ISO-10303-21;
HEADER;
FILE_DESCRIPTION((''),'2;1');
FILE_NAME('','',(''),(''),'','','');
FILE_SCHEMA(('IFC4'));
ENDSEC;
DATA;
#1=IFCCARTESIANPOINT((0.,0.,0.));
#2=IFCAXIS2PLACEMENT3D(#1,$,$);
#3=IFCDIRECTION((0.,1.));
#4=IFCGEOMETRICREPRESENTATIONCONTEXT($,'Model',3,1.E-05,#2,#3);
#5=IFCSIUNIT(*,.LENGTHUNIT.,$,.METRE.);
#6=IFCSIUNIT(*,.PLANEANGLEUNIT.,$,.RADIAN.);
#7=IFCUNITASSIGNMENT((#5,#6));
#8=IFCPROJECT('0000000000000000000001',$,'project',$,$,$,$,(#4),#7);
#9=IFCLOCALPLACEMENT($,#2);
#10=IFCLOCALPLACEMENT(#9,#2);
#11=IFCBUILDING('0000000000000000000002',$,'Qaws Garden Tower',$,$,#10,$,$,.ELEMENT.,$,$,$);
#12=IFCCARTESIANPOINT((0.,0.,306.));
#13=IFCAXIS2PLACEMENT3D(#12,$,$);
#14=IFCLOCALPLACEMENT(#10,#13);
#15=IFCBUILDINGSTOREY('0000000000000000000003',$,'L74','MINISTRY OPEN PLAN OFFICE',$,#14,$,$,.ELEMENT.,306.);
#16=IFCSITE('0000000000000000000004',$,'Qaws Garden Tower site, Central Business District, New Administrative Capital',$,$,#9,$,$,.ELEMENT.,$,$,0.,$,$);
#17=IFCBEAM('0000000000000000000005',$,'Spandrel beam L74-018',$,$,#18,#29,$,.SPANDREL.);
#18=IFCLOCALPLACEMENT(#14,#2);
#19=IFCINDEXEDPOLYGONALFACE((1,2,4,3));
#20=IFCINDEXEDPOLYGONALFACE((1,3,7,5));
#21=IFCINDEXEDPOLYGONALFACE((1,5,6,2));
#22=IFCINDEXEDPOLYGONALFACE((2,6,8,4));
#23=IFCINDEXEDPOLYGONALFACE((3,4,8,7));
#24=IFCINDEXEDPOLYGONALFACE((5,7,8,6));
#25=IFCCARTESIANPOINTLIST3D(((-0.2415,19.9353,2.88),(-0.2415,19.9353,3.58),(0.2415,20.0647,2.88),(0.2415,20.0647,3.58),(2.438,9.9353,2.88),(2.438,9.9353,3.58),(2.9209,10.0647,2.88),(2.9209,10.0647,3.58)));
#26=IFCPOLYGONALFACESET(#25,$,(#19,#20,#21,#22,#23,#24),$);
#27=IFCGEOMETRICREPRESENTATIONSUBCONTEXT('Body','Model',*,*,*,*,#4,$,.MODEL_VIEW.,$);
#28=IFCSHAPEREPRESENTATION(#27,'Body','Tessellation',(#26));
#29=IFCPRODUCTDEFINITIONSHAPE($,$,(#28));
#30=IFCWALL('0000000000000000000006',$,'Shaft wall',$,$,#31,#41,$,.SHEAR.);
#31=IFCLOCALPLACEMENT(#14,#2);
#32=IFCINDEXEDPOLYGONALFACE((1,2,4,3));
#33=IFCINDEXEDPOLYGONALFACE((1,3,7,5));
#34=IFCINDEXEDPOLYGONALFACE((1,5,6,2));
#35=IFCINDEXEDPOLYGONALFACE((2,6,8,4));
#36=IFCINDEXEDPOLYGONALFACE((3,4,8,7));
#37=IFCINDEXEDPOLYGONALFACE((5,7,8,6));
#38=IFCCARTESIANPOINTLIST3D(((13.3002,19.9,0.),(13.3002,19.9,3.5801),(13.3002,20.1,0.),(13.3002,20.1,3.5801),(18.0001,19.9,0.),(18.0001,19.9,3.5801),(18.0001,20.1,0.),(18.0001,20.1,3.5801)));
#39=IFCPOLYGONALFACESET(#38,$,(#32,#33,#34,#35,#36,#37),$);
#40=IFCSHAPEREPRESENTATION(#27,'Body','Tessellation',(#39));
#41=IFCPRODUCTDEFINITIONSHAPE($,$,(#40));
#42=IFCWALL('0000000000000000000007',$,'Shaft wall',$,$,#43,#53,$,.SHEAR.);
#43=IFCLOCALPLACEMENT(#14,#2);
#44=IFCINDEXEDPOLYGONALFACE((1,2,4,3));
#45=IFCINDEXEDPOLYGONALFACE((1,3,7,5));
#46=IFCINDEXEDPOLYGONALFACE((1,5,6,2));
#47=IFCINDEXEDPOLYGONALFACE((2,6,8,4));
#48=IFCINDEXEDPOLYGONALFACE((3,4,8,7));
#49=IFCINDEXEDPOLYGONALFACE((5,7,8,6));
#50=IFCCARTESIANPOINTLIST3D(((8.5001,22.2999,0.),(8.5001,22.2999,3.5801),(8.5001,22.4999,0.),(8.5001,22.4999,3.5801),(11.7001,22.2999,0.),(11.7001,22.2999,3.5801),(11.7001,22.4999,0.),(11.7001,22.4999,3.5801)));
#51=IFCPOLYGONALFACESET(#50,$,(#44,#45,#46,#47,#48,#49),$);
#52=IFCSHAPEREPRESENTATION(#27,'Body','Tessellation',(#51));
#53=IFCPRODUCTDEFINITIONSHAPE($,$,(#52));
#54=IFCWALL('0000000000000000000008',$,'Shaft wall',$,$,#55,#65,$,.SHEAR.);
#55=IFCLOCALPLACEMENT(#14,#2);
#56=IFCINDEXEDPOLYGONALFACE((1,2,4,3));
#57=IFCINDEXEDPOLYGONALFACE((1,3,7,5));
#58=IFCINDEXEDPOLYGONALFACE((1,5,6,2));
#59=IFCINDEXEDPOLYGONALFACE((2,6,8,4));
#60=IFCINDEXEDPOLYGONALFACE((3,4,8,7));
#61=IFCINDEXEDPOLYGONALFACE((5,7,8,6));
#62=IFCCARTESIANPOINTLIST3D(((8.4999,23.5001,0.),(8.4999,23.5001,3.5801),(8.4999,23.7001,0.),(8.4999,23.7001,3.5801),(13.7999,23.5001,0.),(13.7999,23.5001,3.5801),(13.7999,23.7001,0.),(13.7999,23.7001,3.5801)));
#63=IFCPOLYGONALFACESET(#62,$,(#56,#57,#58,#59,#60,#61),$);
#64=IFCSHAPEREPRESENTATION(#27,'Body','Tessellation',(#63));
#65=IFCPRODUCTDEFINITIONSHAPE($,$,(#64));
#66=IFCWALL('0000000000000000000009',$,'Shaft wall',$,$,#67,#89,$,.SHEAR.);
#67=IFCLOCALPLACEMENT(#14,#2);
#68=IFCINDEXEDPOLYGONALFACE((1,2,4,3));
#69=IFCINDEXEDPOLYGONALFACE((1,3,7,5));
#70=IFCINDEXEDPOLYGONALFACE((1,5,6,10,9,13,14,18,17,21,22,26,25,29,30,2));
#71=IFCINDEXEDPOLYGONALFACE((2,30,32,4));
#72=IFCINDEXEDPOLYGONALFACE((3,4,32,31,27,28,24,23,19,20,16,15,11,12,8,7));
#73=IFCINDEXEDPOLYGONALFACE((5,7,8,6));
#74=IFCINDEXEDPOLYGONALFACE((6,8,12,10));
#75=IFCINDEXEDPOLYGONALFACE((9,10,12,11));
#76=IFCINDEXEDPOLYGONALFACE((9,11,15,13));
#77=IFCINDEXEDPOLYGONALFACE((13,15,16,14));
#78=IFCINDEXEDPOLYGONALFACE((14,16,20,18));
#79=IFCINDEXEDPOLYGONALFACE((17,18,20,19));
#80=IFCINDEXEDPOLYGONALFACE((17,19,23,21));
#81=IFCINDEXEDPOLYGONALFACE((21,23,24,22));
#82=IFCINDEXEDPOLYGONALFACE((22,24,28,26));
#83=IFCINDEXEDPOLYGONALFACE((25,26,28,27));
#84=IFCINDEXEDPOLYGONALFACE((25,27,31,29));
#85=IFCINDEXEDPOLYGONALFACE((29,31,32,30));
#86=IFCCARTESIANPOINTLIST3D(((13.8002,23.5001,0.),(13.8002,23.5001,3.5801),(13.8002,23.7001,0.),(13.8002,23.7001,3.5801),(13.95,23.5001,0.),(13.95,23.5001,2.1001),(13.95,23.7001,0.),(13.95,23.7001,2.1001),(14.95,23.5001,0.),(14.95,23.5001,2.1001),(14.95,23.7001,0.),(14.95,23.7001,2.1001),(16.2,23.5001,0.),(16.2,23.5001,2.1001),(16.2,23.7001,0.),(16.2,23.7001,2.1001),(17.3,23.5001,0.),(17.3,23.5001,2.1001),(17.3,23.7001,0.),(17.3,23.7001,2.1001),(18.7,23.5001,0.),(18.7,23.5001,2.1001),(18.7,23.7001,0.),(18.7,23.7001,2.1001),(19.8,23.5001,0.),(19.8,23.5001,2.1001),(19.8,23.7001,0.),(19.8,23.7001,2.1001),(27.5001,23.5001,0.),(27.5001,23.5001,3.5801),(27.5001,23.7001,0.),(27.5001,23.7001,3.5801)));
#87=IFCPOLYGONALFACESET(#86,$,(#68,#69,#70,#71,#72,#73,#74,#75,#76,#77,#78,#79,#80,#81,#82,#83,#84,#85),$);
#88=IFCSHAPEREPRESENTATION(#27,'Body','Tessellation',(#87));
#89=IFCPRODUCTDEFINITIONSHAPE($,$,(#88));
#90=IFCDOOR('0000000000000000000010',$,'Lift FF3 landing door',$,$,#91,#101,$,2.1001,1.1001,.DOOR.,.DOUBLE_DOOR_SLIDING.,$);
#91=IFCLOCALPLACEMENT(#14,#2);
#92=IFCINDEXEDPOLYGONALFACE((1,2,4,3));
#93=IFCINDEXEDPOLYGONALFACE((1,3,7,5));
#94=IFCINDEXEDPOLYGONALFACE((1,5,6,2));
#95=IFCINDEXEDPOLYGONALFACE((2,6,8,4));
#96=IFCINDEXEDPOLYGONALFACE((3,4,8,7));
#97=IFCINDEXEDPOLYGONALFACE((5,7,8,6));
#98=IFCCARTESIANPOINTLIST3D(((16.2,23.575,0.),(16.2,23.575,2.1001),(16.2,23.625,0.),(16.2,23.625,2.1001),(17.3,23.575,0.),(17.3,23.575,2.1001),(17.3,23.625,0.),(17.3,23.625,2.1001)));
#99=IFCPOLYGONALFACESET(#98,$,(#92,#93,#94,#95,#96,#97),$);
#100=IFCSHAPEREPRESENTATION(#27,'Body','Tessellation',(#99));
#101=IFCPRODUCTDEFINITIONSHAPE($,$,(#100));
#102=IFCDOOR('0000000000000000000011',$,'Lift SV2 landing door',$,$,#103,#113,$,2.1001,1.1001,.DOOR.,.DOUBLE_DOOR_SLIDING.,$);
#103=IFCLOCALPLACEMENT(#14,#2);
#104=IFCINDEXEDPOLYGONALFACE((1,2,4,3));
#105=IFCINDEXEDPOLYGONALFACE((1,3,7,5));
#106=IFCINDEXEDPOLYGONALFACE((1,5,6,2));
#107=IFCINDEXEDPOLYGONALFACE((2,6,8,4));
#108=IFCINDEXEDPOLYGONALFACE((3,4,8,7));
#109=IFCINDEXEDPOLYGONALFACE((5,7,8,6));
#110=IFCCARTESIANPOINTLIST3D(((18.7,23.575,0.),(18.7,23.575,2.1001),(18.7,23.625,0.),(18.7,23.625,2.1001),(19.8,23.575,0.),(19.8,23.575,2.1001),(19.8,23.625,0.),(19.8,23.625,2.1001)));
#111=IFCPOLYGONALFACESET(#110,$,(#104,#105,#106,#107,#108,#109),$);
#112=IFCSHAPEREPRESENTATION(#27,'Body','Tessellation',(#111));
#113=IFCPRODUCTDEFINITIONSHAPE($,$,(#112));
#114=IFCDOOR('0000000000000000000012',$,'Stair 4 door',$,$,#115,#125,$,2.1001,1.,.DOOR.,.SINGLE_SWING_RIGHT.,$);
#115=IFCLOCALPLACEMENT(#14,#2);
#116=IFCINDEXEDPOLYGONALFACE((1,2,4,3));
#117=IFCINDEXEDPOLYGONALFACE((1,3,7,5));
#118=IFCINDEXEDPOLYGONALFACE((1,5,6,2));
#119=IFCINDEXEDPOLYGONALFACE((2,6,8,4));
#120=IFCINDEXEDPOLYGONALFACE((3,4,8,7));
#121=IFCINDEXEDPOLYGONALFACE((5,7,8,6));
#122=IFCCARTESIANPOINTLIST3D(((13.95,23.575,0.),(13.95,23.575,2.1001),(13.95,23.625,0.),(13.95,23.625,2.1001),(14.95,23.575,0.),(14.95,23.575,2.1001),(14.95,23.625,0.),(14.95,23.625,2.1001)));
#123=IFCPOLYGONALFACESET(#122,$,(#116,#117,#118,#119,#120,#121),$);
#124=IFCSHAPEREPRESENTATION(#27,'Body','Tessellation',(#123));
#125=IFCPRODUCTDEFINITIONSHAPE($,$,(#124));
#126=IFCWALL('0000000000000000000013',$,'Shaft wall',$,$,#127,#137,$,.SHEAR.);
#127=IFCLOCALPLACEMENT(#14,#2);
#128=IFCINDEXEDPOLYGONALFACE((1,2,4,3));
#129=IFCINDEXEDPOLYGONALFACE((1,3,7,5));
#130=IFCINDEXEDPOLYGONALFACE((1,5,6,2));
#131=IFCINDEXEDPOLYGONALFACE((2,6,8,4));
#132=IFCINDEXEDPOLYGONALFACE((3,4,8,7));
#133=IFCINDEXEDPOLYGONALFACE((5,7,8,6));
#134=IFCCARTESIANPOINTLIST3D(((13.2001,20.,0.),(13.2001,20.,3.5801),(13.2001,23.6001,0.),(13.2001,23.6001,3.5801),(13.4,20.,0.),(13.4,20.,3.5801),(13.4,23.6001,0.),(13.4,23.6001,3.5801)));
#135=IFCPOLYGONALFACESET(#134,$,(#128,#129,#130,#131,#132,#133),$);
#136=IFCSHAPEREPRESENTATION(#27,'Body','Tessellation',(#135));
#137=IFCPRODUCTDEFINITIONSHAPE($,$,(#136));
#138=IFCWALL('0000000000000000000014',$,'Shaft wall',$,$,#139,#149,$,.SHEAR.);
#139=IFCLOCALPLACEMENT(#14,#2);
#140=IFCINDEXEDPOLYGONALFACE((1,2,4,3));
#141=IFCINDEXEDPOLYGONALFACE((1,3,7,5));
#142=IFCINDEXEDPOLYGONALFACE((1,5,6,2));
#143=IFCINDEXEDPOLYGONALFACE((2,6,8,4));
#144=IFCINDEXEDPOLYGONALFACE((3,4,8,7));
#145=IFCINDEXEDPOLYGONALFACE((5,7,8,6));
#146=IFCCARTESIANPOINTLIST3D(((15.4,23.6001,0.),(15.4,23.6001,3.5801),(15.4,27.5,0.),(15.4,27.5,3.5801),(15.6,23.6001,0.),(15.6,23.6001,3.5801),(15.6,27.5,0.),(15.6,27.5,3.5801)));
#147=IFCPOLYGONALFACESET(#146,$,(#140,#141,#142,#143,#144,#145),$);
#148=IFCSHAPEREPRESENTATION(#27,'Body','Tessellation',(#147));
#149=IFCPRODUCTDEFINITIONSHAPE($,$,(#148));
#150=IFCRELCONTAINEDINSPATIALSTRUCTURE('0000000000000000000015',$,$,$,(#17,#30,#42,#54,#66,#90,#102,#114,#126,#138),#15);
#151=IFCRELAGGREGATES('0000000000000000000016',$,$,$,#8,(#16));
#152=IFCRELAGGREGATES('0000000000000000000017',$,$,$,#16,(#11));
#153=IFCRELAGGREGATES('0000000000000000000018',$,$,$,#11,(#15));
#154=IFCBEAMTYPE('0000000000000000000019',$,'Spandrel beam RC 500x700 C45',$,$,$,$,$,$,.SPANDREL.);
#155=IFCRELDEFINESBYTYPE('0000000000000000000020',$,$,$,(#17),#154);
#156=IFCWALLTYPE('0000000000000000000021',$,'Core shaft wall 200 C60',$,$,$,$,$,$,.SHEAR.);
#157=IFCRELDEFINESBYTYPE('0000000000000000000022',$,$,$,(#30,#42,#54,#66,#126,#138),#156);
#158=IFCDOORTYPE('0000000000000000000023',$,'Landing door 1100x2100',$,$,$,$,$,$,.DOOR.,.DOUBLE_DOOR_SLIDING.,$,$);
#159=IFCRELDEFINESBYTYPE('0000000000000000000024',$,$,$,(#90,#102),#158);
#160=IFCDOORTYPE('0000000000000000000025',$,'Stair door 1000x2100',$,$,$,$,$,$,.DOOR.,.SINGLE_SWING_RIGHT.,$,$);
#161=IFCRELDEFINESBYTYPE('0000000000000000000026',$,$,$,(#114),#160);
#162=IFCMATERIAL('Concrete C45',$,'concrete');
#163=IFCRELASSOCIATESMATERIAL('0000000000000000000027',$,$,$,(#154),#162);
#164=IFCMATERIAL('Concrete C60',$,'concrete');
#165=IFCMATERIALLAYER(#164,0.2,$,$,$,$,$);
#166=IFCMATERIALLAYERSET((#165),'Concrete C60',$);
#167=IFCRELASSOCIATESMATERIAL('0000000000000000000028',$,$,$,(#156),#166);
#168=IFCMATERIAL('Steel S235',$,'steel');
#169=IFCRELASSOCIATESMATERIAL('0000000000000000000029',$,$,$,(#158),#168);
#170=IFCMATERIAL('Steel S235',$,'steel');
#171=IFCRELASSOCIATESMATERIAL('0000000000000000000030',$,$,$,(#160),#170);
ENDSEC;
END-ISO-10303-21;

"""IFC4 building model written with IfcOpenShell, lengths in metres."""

from ifc_helpers import new_model, si_unit, direction, frame, frame_2d, origin, origin_2d, place, context, subcontext, project, spatial, rectangle, extrude, material, layer, layer_set, material_profile, profile_set, type_object, element, fill, save


model = new_model("IFC4")

# Units and contexts
model_context = context("Model", 3, precision=1e-05, world=origin(), true_north=direction((0.0, 1.0)))
body_context = subcontext(model_context, "Body", "Model", "MODEL_VIEW")
ifc_project = project(units=[si_unit("LENGTHUNIT", "METRE"), si_unit("PLANEANGLEUNIT", "RADIAN")], contexts=[model_context])

# Site, building, storey
site_placement = place(None, origin())
site = spatial("IfcSite", under=ifc_project, at=site_placement, Name="Qaws Garden Tower site, Central Business District, New Administrative Capital", CompositionType="ELEMENT", RefElevation=0.0)
building_placement = place(site_placement, origin())
building = spatial("IfcBuilding", under=site, at=building_placement, Name="Qaws Garden Tower", CompositionType="ELEMENT")
storey_placement = place(building_placement, frame((0.0, 0.0, 306.0)))
storey = spatial("IfcBuildingStorey", under=building, at=storey_placement, Name="L74", Description="MINISTRY OPEN PLAN OFFICE", CompositionType="ELEMENT", Elevation=306.0)

# Beam
ifc_material_1 = material(Name="Concrete C45", Category="concrete")
ifc_material_profile = material_profile(ifc_material_1, rectangle(XDim=0.5, YDim=0.7, at=origin_2d()), Name="RC 500x700")
ifc_profile_set = profile_set([ifc_material_profile], Name="Concrete C45")
beam_type = type_object("IfcBeamType", Name="Spandrel beam RC 500x700 C45", PredefinedType="SPANDREL", material=ifc_profile_set)
beam_placement = place(storey_placement, frame((0.0, 20.0, 3.23), z_axis=(0.258815, -0.965927, 0.0), x_axis=(0.965927, 0.258815, 0.0)))
element("IfcBeam", 1, at=beam_placement, inside=storey, type_object=beam_type, Name="Spandrel beam L74-018", PredefinedType="SPANDREL", context=body_context, shape_type="SweptSolid", body=[
    extrude(rectangle(XDim=0.5, YDim=0.7, at=origin_2d()), origin(), (0.0, 0.0, 1.0), 10.3528),
])

# Walls
ifc_material_2 = material(Name="Concrete C60", Category="concrete")
ifc_layer_1 = layer(ifc_material_2, 0.2)
ifc_layer_set_1 = layer_set([ifc_layer_1], Name="Concrete C60")
wall_type_1 = type_object("IfcWallType", Name="Core shaft wall 200 C60", PredefinedType="SHEAR", material=ifc_layer_set_1)
wall_1_placement = place(storey_placement, frame((13.3, 20.0, 0.0), z_axis=(0.0, 0.0, 1.0), x_axis=(1.0, 0.0, 0.0)))
element("IfcWall", 2, at=wall_1_placement, inside=storey, type_object=wall_type_1, Name="Shaft wall", PredefinedType="SHEAR", context=body_context, shape_type="SweptSolid", body=[
    extrude(rectangle(XDim=4.7, YDim=0.2, at=frame_2d((2.3501, 0.0))), origin(), (0.0, 0.0, 1.0), 3.5801),
])
wall_2_placement = place(storey_placement, frame((8.5, 22.3999, 0.0), z_axis=(0.0, 0.0, 1.0), x_axis=(1.0, 0.0, 0.0)))
element("IfcWall", 3, at=wall_2_placement, inside=storey, type_object=wall_type_1, Name="Shaft wall", PredefinedType="SHEAR", context=body_context, shape_type="SweptSolid", body=[
    extrude(rectangle(XDim=3.2, YDim=0.2, at=frame_2d((1.6001, 0.0))), origin(), (0.0, 0.0, 1.0), 3.5801),
])
wall_3_placement = place(storey_placement, frame((8.5, 23.6001, 0.0), z_axis=(0.0, 0.0, 1.0), x_axis=(1.0, 0.0, 0.0)))
element("IfcWall", 4, at=wall_3_placement, inside=storey, type_object=wall_type_1, Name="Shaft wall", PredefinedType="SHEAR", context=body_context, shape_type="SweptSolid", body=[
    extrude(rectangle(XDim=5.3, YDim=0.2, at=frame_2d((2.6499, 0.0))), origin(), (0.0, 0.0, 1.0), 3.5801),
])

# Wall, openings, doors
wall_4_placement = place(storey_placement, frame((13.8, 23.6001, 0.0), z_axis=(0.0, 0.0, 1.0), x_axis=(1.0, 0.0, 0.0)))
wall_4 = element("IfcWall", 5, at=wall_4_placement, inside=storey, type_object=wall_type_1, Name="Shaft wall", PredefinedType="SHEAR", context=body_context, shape_type="SweptSolid", body=[
    extrude(rectangle(XDim=13.7, YDim=0.2, at=frame_2d((6.8501, 0.0))), origin(), (0.0, 0.0, 1.0), 3.5801),
])
opening_1_placement = place(wall_4_placement, frame((2.3999, 0.0, 0.0)))
opening_1 = element("IfcOpeningElement", 6, at=opening_1_placement, cuts=wall_4, PredefinedType="OPENING", context=body_context, shape_type="SweptSolid", body=[
    extrude(rectangle(XDim=1.1001, YDim=2.1001, at=frame_2d((0.55, 1.05))), frame((0.0, 0.1099, 0.0), z_axis=(0.0, -1.0, 0.0), x_axis=(1.0, 0.0, 0.0)), (0.0, 0.0, 1.0), 0.22),
])
opening_2_placement = place(wall_4_placement, frame((4.8999, 0.0, 0.0)))
opening_2 = element("IfcOpeningElement", 7, at=opening_2_placement, cuts=wall_4, PredefinedType="OPENING", context=body_context, shape_type="SweptSolid", body=[
    extrude(rectangle(XDim=1.1001, YDim=2.1001, at=frame_2d((0.55, 1.05))), frame((0.0, 0.1099, 0.0), z_axis=(0.0, -1.0, 0.0), x_axis=(1.0, 0.0, 0.0)), (0.0, 0.0, 1.0), 0.22),
])
opening_3_placement = place(wall_4_placement, frame((0.1499, 0.0, 0.0)))
opening_3 = element("IfcOpeningElement", 8, at=opening_3_placement, cuts=wall_4, PredefinedType="OPENING", context=body_context, shape_type="SweptSolid", body=[
    extrude(rectangle(XDim=1.0, YDim=2.1001, at=frame_2d((0.5, 1.05))), frame((0.0, 0.1099, 0.0), z_axis=(0.0, -1.0, 0.0), x_axis=(1.0, 0.0, 0.0)), (0.0, 0.0, 1.0), 0.22),
])
ifc_material_3 = material(Name="Steel S235", Category="steel")
door_type_1 = type_object("IfcDoorType", Name="Landing door 1100x2100", OperationType="DOUBLE_DOOR_SLIDING", PredefinedType="DOOR", material=ifc_material_3)
door_1_placement = place(opening_1_placement, origin())
door_1 = element("IfcDoor", 9, at=door_1_placement, inside=storey, type_object=door_type_1, Name="Lift FF3 landing door", OperationType="DOUBLE_DOOR_SLIDING", OverallHeight=2.1001, OverallWidth=1.1001, PredefinedType="DOOR", context=body_context, shape_type="SweptSolid", body=[
    extrude(rectangle(XDim=1.1001, YDim=2.1001, at=frame_2d((0.55, 1.05))), frame((0.0, 0.0249, 0.0), z_axis=(0.0, -1.0, 0.0), x_axis=(1.0, 0.0, 0.0)), (0.0, 0.0, 1.0), 0.05),
])
fill(opening_1, door_1)
door_2_placement = place(opening_2_placement, origin())
door_2 = element("IfcDoor", 10, at=door_2_placement, inside=storey, type_object=door_type_1, Name="Lift SV2 landing door", OperationType="DOUBLE_DOOR_SLIDING", OverallHeight=2.1001, OverallWidth=1.1001, PredefinedType="DOOR", context=body_context, shape_type="SweptSolid", body=[
    extrude(rectangle(XDim=1.1001, YDim=2.1001, at=frame_2d((0.55, 1.05))), frame((0.0, 0.0249, 0.0), z_axis=(0.0, -1.0, 0.0), x_axis=(1.0, 0.0, 0.0)), (0.0, 0.0, 1.0), 0.05),
])
fill(opening_2, door_2)
ifc_material_4 = material(Name="Steel S235", Category="steel")
door_type_2 = type_object("IfcDoorType", Name="Stair door 1000x2100", OperationType="SINGLE_SWING_RIGHT", PredefinedType="DOOR", material=ifc_material_4)
door_3_placement = place(opening_3_placement, origin())
door_3 = element("IfcDoor", 11, at=door_3_placement, inside=storey, type_object=door_type_2, Name="Stair 4 door", OperationType="SINGLE_SWING_RIGHT", OverallHeight=2.1001, OverallWidth=1.0, PredefinedType="DOOR", context=body_context, shape_type="SweptSolid", body=[
    extrude(rectangle(XDim=1.0, YDim=2.1001, at=frame_2d((0.5, 1.05))), frame((0.0, 0.0249, 0.0), z_axis=(0.0, -1.0, 0.0), x_axis=(1.0, 0.0, 0.0)), (0.0, 0.0, 1.0), 0.05),
])
fill(opening_3, door_3)

# Walls
wall_5_placement = place(storey_placement, frame((13.3, 20.0, 0.0), z_axis=(0.0, 0.0, 1.0), x_axis=(0.0, 1.0, 0.0)))
element("IfcWall", 12, at=wall_5_placement, inside=storey, type_object=wall_type_1, Name="Shaft wall", PredefinedType="SHEAR", context=body_context, shape_type="SweptSolid", body=[
    extrude(rectangle(XDim=3.6001, YDim=0.2, at=frame_2d((1.8, 0.0))), origin(), (0.0, 0.0, 1.0), 3.5801),
])
wall_6_placement = place(storey_placement, frame((15.5, 23.6001, 0.0), z_axis=(0.0, 0.0, 1.0), x_axis=(0.0, 1.0, 0.0)))
element("IfcWall", 13, at=wall_6_placement, inside=storey, type_object=wall_type_1, Name="Shaft wall", PredefinedType="SHEAR", context=body_context, shape_type="SweptSolid", body=[
    extrude(rectangle(XDim=3.8999, YDim=0.2, at=frame_2d((1.95, 0.0))), origin(), (0.0, 0.0, 1.0), 3.5801),
])

save(model, "model.ifc")
